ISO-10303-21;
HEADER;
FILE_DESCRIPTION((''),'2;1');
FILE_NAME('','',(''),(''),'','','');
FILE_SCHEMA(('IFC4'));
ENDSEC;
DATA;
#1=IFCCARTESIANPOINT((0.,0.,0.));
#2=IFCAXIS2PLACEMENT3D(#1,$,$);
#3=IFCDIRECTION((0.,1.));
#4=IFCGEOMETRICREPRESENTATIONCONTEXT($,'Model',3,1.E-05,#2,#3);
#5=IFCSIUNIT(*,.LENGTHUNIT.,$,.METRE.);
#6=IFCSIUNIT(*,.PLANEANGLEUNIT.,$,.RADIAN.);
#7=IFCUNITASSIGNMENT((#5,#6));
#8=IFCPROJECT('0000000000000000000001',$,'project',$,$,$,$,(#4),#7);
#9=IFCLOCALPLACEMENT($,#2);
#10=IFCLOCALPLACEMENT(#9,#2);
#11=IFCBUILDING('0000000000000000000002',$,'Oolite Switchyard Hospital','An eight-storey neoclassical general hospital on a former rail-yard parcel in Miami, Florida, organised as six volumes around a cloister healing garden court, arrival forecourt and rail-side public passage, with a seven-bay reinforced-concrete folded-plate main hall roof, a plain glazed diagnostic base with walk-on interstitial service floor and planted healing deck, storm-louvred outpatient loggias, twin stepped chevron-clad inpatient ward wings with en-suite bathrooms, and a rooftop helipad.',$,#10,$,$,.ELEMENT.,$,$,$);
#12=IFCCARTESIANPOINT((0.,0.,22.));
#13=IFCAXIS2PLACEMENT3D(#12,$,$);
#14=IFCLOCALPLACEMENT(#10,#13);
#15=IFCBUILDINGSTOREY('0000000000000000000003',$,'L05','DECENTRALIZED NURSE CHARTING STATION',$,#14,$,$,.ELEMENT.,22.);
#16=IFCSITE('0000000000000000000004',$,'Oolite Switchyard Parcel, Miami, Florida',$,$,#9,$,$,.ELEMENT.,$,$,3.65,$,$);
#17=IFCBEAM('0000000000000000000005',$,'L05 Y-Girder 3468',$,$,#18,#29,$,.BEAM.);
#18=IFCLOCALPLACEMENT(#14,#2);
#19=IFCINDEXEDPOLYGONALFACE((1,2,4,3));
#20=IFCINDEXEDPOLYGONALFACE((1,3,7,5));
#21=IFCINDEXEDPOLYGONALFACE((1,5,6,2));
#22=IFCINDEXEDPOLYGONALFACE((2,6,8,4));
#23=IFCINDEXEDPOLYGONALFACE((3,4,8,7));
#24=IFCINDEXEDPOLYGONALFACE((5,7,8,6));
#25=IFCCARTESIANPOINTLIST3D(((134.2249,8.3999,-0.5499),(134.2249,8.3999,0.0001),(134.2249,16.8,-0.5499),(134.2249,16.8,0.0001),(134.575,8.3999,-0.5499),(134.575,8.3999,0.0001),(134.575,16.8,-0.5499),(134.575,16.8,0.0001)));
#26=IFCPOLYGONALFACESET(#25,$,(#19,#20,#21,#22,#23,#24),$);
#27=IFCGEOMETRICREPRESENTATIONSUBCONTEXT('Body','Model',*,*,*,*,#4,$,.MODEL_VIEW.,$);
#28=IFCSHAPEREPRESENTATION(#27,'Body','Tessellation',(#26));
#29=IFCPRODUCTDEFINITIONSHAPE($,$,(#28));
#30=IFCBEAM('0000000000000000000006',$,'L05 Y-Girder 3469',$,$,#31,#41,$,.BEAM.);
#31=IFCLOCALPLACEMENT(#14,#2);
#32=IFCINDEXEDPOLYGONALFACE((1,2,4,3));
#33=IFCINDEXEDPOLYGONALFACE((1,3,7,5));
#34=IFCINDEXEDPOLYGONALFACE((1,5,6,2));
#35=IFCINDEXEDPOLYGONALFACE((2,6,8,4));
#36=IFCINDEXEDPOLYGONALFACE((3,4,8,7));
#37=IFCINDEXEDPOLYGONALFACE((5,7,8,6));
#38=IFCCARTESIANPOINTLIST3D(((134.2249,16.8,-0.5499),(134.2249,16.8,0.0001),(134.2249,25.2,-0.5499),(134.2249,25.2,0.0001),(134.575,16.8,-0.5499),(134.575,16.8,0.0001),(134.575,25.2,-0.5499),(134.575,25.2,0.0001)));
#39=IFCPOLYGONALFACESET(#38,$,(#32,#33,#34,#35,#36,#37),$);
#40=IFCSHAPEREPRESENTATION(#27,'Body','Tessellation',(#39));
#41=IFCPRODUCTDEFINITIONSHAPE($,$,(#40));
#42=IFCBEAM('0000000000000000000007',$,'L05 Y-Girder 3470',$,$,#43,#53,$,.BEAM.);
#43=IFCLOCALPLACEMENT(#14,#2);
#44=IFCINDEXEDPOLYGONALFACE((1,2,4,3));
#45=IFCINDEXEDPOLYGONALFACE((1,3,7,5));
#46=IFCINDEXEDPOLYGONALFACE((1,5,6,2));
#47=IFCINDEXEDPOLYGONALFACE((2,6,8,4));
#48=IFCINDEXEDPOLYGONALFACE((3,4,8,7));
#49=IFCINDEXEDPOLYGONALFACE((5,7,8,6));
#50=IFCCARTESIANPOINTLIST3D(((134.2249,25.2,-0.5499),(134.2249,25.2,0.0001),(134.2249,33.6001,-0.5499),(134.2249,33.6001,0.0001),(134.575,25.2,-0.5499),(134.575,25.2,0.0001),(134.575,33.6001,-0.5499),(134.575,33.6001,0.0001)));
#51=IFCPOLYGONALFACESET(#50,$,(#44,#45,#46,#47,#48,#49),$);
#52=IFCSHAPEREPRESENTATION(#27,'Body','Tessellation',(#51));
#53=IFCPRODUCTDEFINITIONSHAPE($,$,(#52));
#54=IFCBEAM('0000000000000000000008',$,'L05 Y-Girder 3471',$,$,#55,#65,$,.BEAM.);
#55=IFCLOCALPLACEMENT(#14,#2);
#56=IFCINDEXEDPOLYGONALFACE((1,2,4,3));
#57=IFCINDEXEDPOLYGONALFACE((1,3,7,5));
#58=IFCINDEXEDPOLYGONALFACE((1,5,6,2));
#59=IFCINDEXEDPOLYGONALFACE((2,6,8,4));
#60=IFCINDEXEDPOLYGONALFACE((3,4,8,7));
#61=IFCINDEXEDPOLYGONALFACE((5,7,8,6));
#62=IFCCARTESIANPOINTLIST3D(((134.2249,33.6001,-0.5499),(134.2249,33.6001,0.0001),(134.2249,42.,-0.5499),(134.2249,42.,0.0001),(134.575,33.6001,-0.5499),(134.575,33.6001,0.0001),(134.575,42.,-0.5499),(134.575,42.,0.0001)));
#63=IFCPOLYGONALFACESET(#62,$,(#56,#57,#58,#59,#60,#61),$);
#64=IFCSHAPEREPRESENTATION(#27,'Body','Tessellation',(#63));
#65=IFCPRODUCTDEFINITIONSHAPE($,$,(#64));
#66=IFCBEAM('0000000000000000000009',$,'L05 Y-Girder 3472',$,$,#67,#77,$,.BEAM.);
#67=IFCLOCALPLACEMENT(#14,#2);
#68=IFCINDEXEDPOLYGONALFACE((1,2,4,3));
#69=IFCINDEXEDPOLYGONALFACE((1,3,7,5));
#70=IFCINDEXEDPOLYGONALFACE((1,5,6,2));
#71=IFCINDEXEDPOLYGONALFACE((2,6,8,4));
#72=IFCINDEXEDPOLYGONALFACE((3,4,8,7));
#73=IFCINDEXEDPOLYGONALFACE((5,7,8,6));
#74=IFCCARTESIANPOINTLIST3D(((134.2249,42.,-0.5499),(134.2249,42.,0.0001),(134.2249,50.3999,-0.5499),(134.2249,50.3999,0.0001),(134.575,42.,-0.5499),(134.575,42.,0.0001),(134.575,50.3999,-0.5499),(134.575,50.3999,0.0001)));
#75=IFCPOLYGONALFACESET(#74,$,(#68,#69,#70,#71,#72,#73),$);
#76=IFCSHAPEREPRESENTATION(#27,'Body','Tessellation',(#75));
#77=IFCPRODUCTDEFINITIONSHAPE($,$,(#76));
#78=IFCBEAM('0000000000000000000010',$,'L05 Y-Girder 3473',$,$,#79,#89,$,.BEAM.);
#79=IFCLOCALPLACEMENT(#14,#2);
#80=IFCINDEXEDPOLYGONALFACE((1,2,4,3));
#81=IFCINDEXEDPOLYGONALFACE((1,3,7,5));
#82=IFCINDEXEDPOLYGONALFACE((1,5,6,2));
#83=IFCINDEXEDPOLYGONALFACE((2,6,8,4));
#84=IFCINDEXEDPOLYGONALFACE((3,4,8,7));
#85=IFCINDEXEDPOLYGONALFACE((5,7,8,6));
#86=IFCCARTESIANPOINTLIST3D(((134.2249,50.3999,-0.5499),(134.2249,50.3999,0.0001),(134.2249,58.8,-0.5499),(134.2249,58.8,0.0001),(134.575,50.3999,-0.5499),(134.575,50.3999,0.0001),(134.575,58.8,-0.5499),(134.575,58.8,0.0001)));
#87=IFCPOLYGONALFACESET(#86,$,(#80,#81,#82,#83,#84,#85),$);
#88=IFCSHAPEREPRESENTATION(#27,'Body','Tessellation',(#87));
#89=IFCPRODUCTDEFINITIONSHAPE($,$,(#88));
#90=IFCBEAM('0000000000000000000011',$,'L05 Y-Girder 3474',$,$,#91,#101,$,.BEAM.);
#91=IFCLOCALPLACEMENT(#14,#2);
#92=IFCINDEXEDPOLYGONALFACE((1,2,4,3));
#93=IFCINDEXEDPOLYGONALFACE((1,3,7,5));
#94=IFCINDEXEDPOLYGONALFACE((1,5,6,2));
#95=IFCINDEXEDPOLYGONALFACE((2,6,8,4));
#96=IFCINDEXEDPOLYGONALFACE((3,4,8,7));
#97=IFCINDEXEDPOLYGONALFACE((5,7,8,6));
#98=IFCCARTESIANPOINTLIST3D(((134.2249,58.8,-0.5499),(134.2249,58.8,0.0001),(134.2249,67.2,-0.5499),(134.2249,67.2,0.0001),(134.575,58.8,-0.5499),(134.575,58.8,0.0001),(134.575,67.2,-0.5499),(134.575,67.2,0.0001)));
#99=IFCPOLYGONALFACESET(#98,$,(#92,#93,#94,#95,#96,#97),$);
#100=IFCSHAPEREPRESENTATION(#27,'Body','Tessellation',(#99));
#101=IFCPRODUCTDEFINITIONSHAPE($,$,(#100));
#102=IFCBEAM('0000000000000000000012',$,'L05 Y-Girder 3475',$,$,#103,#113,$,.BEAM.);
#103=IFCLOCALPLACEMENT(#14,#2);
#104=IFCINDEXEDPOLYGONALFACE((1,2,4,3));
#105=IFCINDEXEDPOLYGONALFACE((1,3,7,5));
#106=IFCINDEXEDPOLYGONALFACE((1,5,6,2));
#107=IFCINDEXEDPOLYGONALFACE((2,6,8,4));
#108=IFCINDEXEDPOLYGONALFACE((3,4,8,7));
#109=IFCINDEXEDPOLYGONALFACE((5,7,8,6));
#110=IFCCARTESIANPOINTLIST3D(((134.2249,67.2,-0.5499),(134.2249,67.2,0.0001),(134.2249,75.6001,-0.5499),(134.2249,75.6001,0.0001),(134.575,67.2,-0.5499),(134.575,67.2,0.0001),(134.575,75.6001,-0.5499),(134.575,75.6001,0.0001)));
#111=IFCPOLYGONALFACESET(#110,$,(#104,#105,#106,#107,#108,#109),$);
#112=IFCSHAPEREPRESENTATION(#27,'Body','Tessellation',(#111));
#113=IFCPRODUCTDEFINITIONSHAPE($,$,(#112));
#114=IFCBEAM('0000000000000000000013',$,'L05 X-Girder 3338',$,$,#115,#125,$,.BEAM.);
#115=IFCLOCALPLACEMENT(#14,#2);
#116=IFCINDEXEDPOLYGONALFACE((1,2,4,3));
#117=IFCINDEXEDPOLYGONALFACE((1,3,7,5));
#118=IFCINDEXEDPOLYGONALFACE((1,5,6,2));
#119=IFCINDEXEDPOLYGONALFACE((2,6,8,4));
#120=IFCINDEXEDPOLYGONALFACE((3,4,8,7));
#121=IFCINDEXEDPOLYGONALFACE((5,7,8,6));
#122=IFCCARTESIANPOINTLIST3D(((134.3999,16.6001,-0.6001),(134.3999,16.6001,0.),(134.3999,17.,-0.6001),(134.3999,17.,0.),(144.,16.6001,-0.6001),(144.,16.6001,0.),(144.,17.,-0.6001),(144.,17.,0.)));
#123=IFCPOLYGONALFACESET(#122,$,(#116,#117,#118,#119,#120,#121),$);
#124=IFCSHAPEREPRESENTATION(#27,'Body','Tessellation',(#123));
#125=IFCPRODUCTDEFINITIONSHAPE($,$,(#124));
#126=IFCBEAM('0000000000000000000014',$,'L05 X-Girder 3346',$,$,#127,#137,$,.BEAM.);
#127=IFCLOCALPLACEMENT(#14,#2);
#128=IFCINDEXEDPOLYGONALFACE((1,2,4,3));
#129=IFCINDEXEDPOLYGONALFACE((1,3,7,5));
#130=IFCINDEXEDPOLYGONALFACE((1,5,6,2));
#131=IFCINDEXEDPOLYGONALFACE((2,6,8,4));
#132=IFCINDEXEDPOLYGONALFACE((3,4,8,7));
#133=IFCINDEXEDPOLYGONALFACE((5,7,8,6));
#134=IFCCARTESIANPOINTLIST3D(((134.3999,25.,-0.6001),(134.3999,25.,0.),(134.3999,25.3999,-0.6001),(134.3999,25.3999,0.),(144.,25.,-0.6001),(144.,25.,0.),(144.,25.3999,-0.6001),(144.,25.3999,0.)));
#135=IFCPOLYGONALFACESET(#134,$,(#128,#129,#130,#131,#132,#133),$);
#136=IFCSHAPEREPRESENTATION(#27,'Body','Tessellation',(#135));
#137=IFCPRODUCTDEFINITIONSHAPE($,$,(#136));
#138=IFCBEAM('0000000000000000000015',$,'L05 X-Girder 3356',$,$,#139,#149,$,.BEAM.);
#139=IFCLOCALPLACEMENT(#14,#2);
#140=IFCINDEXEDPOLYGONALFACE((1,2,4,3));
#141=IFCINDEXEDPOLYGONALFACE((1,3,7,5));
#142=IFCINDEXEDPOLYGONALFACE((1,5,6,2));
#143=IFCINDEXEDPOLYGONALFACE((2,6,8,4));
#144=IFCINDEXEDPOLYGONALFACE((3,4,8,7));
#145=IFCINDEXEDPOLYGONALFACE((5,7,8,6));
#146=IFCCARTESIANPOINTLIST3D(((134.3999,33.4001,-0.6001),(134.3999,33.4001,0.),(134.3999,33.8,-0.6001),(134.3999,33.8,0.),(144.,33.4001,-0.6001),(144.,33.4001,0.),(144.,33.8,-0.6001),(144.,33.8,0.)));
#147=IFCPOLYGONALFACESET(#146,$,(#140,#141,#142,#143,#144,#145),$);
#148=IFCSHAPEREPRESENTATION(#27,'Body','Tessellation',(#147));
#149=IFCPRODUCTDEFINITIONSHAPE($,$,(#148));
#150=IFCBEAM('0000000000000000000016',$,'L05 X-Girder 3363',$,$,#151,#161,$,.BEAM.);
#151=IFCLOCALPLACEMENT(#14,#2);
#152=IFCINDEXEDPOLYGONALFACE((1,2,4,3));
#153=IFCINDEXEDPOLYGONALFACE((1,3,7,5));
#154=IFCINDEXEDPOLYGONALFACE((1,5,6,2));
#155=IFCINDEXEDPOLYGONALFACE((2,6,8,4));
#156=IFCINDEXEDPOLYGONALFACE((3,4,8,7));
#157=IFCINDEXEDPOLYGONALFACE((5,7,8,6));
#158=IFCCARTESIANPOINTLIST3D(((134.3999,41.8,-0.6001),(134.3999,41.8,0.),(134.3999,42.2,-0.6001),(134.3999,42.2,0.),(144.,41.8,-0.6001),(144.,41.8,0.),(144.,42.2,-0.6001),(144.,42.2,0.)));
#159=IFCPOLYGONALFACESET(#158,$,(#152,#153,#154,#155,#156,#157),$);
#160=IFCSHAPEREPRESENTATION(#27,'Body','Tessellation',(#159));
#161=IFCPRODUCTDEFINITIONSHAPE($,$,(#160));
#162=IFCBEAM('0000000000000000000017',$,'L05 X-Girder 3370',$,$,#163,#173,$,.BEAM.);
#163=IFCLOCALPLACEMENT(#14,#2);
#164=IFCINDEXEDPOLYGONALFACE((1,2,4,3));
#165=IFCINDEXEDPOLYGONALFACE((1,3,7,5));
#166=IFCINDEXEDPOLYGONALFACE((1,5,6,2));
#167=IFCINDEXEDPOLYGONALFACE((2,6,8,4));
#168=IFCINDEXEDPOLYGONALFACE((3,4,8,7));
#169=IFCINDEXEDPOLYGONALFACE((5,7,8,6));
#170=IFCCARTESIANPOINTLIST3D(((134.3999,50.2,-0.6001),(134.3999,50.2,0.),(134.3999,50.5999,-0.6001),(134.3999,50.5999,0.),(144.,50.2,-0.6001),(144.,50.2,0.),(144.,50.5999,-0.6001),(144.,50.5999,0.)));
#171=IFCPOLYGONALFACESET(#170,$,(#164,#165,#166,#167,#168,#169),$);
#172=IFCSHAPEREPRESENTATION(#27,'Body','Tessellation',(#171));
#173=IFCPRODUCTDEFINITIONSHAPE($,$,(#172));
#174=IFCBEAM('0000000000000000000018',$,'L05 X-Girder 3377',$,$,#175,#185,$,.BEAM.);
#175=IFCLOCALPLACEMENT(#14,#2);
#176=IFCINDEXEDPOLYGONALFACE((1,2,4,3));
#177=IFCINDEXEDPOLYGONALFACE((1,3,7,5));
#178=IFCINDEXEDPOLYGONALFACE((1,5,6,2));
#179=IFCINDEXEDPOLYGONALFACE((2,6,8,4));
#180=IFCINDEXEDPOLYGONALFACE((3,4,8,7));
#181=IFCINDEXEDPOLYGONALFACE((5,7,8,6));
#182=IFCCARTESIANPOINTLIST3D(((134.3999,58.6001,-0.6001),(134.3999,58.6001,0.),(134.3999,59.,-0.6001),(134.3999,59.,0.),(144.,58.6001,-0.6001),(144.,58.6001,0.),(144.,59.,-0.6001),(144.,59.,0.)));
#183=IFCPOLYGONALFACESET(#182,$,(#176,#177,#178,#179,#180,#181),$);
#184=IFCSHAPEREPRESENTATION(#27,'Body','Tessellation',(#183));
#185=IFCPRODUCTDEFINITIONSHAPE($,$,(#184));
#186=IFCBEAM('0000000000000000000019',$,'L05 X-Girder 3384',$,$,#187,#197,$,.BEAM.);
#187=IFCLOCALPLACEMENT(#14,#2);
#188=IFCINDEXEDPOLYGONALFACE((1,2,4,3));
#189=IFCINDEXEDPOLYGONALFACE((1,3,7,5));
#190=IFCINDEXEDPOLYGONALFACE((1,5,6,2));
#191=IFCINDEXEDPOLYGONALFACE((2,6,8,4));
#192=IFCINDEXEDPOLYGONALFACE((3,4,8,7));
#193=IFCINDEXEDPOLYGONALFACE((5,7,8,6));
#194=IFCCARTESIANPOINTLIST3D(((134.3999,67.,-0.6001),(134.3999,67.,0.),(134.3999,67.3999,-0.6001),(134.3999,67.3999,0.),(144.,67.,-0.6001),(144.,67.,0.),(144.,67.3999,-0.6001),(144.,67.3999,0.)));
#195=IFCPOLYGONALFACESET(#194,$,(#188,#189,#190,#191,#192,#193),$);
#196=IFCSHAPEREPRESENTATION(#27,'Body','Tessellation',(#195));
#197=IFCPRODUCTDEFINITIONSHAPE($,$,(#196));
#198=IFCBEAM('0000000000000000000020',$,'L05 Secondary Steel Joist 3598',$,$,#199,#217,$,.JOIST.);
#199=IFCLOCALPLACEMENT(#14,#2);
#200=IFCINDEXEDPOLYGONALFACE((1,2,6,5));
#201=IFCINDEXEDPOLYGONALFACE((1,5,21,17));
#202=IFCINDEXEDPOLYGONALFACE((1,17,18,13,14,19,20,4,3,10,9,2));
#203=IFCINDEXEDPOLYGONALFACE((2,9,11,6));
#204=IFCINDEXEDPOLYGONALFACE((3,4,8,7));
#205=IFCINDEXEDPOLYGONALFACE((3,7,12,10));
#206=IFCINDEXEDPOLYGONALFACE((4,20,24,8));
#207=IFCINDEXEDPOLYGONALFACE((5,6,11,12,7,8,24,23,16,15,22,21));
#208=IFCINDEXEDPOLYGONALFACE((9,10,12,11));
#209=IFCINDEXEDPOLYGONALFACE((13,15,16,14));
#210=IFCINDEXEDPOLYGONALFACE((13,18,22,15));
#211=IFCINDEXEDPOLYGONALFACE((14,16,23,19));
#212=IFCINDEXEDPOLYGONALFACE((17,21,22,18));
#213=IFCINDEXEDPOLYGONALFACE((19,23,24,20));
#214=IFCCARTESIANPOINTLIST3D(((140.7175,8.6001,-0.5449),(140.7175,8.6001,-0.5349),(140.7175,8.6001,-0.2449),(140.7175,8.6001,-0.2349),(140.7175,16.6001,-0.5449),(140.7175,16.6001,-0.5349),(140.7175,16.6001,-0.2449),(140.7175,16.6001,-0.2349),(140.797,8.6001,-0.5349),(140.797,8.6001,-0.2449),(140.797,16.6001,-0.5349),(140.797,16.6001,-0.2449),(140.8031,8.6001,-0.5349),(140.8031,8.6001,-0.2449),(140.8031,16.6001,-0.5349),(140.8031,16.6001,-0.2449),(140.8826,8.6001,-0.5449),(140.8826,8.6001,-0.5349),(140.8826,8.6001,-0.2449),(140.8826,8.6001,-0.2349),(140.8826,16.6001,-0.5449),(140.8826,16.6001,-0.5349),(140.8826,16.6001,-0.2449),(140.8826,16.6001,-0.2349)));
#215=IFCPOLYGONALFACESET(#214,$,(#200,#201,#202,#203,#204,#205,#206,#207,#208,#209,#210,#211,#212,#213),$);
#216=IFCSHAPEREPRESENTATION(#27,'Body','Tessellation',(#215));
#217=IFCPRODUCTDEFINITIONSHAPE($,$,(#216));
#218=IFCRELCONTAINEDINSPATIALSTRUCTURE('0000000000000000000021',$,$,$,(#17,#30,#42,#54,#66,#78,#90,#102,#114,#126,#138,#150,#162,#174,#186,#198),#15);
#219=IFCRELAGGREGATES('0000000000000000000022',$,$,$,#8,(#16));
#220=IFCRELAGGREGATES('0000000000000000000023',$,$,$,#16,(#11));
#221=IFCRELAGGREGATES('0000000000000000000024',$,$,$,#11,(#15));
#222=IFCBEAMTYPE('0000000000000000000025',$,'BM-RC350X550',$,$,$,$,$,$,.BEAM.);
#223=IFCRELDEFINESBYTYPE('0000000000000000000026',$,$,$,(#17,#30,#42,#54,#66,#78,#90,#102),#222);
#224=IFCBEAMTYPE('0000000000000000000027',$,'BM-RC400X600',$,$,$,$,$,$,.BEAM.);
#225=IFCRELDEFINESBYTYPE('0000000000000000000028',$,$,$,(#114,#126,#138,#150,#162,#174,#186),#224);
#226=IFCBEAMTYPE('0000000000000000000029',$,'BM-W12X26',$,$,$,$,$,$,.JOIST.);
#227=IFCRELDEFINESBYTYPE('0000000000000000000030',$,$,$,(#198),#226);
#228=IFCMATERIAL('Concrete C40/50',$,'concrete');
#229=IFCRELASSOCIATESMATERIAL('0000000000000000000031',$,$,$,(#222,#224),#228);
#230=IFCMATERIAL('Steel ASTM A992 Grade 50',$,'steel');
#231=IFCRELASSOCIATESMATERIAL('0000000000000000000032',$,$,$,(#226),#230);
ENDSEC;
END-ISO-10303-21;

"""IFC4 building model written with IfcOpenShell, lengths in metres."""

from ifc_helpers import new_model, si_unit, direction, frame, origin, origin_2d, place, context, subcontext, project, spatial, rectangle, i_section, extrude, material, material_profile, profile_set, type_object, element, save


model = new_model("IFC4")

# Units and contexts
model_context = context("Model", 3, precision=1e-05, world=origin(), true_north=direction((0.0, 1.0)))
body_context = subcontext(model_context, "Body", "Model", "MODEL_VIEW")
ifc_project = project(units=[si_unit("LENGTHUNIT", "METRE"), si_unit("PLANEANGLEUNIT", "RADIAN")], contexts=[model_context])

# Site, building, storey
site_placement = place(None, origin())
site = spatial("IfcSite", under=ifc_project, at=site_placement, Name="Oolite Switchyard Parcel, Miami, Florida", CompositionType="ELEMENT", RefElevation=3.65)
building_placement = place(site_placement, origin())
building = spatial("IfcBuilding", under=site, at=building_placement, Name="Oolite Switchyard Hospital", Description="An eight-storey neoclassical general hospital on a former rail-yard parcel in Miami, Florida, organised as six volumes around a cloister healing garden court, arrival forecourt and rail-side public passage, with a seven-bay reinforced-concrete folded-plate main hall roof, a plain glazed diagnostic base with walk-on interstitial service floor and planted healing deck, storm-louvred outpatient loggias, twin stepped chevron-clad inpatient ward wings with en-suite bathrooms, and a rooftop helipad.", CompositionType="ELEMENT")
storey_placement = place(building_placement, frame((0.0, 0.0, 22.0)))
storey = spatial("IfcBuildingStorey", under=building, at=storey_placement, Name="L05", Description="DECENTRALIZED NURSE CHARTING STATION", CompositionType="ELEMENT", Elevation=22.0)

# Beams
ifc_material_1 = material(Name="Concrete C40/50", Category="concrete")
ifc_material_profile_1 = material_profile(ifc_material_1, rectangle(XDim=0.3501, YDim=0.55, at=origin_2d()), Name="RCB350X550")
ifc_profile_set_1 = profile_set([ifc_material_profile_1], Name="Concrete C40/50")
beam_type_1 = type_object("IfcBeamType", Name="BM-RC350X550", PredefinedType="BEAM", material=ifc_profile_set_1)
beam_1_placement = place(storey_placement, frame((134.3999, 8.3999, -0.2749), z_axis=(0.0, 1.0, 0.0), x_axis=(-1.0, 0.0, 0.0)))
element("IfcBeam", 1, at=beam_1_placement, inside=storey, type_object=beam_type_1, Name="L05 Y-Girder 3468", PredefinedType="BEAM", context=body_context, shape_type="SweptSolid", body=[
    extrude(rectangle(XDim=0.3501, YDim=0.55, at=origin_2d()), origin(), (0.0, 0.0, 1.0), 8.4001),
])
beam_2_placement = place(storey_placement, frame((134.3999, 16.8, -0.2749), z_axis=(0.0, 1.0, 0.0), x_axis=(-1.0, 0.0, 0.0)))
element("IfcBeam", 2, at=beam_2_placement, inside=storey, type_object=beam_type_1, Name="L05 Y-Girder 3469", PredefinedType="BEAM", context=body_context, shape_type="SweptSolid", body=[
    extrude(rectangle(XDim=0.3501, YDim=0.55, at=origin_2d()), origin(), (0.0, 0.0, 1.0), 8.3999),
])
beam_3_placement = place(storey_placement, frame((134.3999, 25.2, -0.2749), z_axis=(0.0, 1.0, 0.0), x_axis=(-1.0, 0.0, 0.0)))
element("IfcBeam", 3, at=beam_3_placement, inside=storey, type_object=beam_type_1, Name="L05 Y-Girder 3470", PredefinedType="BEAM", context=body_context, shape_type="SweptSolid", body=[
    extrude(rectangle(XDim=0.3501, YDim=0.55, at=origin_2d()), origin(), (0.0, 0.0, 1.0), 8.4001),
])
for number, where, z_axis, x_axis, name in (
    (4, (134.3999, 33.6001, -0.2749), (0.0, 1.0, 0.0), (-1.0, 0.0, 0.0), "L05 Y-Girder 3471"),
    (5, (134.3999, 42.0, -0.2749), (0.0, 1.0, 0.0), (-1.0, 0.0, 0.0), "L05 Y-Girder 3472"),
):
    element("IfcBeam", number, at=place(storey_placement, frame(where, z_axis=z_axis, x_axis=x_axis)), inside=storey, type_object=beam_type_1, Name=name, PredefinedType="BEAM", context=body_context, shape_type="SweptSolid", body=[
        extrude(rectangle(XDim=0.3501, YDim=0.55, at=origin_2d()), origin(), (0.0, 0.0, 1.0), 8.3999),
    ])
beam_4_placement = place(storey_placement, frame((134.3999, 50.3999, -0.2749), z_axis=(0.0, 1.0, 0.0), x_axis=(-1.0, 0.0, 0.0)))
element("IfcBeam", 6, at=beam_4_placement, inside=storey, type_object=beam_type_1, Name="L05 Y-Girder 3473", PredefinedType="BEAM", context=body_context, shape_type="SweptSolid", body=[
    extrude(rectangle(XDim=0.3501, YDim=0.55, at=origin_2d()), origin(), (0.0, 0.0, 1.0), 8.4001),
])
beam_5_placement = place(storey_placement, frame((134.3999, 58.8, -0.2749), z_axis=(0.0, 1.0, 0.0), x_axis=(-1.0, 0.0, 0.0)))
element("IfcBeam", 7, at=beam_5_placement, inside=storey, type_object=beam_type_1, Name="L05 Y-Girder 3474", PredefinedType="BEAM", context=body_context, shape_type="SweptSolid", body=[
    extrude(rectangle(XDim=0.3501, YDim=0.55, at=origin_2d()), origin(), (0.0, 0.0, 1.0), 8.3999),
])
beam_6_placement = place(storey_placement, frame((134.3999, 67.2, -0.2749), z_axis=(0.0, 1.0, 0.0), x_axis=(-1.0, 0.0, 0.0)))
element("IfcBeam", 8, at=beam_6_placement, inside=storey, type_object=beam_type_1, Name="L05 Y-Girder 3475", PredefinedType="BEAM", context=body_context, shape_type="SweptSolid", body=[
    extrude(rectangle(XDim=0.3501, YDim=0.55, at=origin_2d()), origin(), (0.0, 0.0, 1.0), 8.4001),
])
ifc_material_profile_2 = material_profile(ifc_material_1, rectangle(XDim=0.3999, YDim=0.6001, at=origin_2d()), Name="RCB400X600")
ifc_profile_set_2 = profile_set([ifc_material_profile_2], Name="Concrete C40/50")
beam_type_2 = type_object("IfcBeamType", Name="BM-RC400X600", PredefinedType="BEAM", material=ifc_profile_set_2)
for number, where, z_axis, x_axis, name in (
    (9, (134.3999, 16.8, -0.3), (1.0, 0.0, 0.0), (0.0, 1.0, 0.0), "L05 X-Girder 3338"),
    (10, (134.3999, 25.2, -0.3), (1.0, 0.0, 0.0), (0.0, 1.0, 0.0), "L05 X-Girder 3346"),
    (11, (134.3999, 33.6001, -0.3), (1.0, 0.0, 0.0), (0.0, 1.0, 0.0), "L05 X-Girder 3356"),
    (12, (134.3999, 42.0, -0.3), (1.0, 0.0, 0.0), (0.0, 1.0, 0.0), "L05 X-Girder 3363"),
    (13, (134.3999, 50.3999, -0.3), (1.0, 0.0, 0.0), (0.0, 1.0, 0.0), "L05 X-Girder 3370"),
    (14, (134.3999, 58.8, -0.3), (1.0, 0.0, 0.0), (0.0, 1.0, 0.0), "L05 X-Girder 3377"),
    (15, (134.3999, 67.2, -0.3), (1.0, 0.0, 0.0), (0.0, 1.0, 0.0), "L05 X-Girder 3384"),
):
    element("IfcBeam", number, at=place(storey_placement, frame(where, z_axis=z_axis, x_axis=x_axis)), inside=storey, type_object=beam_type_2, Name=name, PredefinedType="BEAM", context=body_context, shape_type="SweptSolid", body=[
        extrude(rectangle(XDim=0.3999, YDim=0.6001, at=origin_2d()), origin(), (0.0, 0.0, 1.0), 9.6001),
    ])
ifc_material_2 = material(Name="Steel ASTM A992 Grade 50", Category="steel")
ifc_material_profile_3 = material_profile(ifc_material_2, i_section(OverallWidth=0.165, OverallDepth=0.3101, WebThickness=0.0061, FlangeThickness=0.01, at=origin_2d()), Name="W12X26")
ifc_profile_set_3 = profile_set([ifc_material_profile_3], Name="Steel ASTM A992 Grade 50")
beam_type_3 = type_object("IfcBeamType", Name="BM-W12X26", PredefinedType="JOIST", material=ifc_profile_set_3)
for number, where, z_axis, x_axis, name in (
    (16, (140.8, 8.6001, -0.3899), (0.0, 1.0, 0.0), (-1.0, 0.0, 0.0), "L05 Secondary Steel Joist 3598"),
):
    element("IfcBeam", number, at=place(storey_placement, frame(where, z_axis=z_axis, x_axis=x_axis)), inside=storey, type_object=beam_type_3, Name=name, PredefinedType="JOIST", context=body_context, shape_type="SweptSolid", body=[
        extrude(i_section(OverallWidth=0.165, OverallDepth=0.3101, WebThickness=0.0061, FlangeThickness=0.01, at=origin_2d()), origin(), (0.0, 0.0, 1.0), 8.0),
    ])

save(model, "model.ifc")
